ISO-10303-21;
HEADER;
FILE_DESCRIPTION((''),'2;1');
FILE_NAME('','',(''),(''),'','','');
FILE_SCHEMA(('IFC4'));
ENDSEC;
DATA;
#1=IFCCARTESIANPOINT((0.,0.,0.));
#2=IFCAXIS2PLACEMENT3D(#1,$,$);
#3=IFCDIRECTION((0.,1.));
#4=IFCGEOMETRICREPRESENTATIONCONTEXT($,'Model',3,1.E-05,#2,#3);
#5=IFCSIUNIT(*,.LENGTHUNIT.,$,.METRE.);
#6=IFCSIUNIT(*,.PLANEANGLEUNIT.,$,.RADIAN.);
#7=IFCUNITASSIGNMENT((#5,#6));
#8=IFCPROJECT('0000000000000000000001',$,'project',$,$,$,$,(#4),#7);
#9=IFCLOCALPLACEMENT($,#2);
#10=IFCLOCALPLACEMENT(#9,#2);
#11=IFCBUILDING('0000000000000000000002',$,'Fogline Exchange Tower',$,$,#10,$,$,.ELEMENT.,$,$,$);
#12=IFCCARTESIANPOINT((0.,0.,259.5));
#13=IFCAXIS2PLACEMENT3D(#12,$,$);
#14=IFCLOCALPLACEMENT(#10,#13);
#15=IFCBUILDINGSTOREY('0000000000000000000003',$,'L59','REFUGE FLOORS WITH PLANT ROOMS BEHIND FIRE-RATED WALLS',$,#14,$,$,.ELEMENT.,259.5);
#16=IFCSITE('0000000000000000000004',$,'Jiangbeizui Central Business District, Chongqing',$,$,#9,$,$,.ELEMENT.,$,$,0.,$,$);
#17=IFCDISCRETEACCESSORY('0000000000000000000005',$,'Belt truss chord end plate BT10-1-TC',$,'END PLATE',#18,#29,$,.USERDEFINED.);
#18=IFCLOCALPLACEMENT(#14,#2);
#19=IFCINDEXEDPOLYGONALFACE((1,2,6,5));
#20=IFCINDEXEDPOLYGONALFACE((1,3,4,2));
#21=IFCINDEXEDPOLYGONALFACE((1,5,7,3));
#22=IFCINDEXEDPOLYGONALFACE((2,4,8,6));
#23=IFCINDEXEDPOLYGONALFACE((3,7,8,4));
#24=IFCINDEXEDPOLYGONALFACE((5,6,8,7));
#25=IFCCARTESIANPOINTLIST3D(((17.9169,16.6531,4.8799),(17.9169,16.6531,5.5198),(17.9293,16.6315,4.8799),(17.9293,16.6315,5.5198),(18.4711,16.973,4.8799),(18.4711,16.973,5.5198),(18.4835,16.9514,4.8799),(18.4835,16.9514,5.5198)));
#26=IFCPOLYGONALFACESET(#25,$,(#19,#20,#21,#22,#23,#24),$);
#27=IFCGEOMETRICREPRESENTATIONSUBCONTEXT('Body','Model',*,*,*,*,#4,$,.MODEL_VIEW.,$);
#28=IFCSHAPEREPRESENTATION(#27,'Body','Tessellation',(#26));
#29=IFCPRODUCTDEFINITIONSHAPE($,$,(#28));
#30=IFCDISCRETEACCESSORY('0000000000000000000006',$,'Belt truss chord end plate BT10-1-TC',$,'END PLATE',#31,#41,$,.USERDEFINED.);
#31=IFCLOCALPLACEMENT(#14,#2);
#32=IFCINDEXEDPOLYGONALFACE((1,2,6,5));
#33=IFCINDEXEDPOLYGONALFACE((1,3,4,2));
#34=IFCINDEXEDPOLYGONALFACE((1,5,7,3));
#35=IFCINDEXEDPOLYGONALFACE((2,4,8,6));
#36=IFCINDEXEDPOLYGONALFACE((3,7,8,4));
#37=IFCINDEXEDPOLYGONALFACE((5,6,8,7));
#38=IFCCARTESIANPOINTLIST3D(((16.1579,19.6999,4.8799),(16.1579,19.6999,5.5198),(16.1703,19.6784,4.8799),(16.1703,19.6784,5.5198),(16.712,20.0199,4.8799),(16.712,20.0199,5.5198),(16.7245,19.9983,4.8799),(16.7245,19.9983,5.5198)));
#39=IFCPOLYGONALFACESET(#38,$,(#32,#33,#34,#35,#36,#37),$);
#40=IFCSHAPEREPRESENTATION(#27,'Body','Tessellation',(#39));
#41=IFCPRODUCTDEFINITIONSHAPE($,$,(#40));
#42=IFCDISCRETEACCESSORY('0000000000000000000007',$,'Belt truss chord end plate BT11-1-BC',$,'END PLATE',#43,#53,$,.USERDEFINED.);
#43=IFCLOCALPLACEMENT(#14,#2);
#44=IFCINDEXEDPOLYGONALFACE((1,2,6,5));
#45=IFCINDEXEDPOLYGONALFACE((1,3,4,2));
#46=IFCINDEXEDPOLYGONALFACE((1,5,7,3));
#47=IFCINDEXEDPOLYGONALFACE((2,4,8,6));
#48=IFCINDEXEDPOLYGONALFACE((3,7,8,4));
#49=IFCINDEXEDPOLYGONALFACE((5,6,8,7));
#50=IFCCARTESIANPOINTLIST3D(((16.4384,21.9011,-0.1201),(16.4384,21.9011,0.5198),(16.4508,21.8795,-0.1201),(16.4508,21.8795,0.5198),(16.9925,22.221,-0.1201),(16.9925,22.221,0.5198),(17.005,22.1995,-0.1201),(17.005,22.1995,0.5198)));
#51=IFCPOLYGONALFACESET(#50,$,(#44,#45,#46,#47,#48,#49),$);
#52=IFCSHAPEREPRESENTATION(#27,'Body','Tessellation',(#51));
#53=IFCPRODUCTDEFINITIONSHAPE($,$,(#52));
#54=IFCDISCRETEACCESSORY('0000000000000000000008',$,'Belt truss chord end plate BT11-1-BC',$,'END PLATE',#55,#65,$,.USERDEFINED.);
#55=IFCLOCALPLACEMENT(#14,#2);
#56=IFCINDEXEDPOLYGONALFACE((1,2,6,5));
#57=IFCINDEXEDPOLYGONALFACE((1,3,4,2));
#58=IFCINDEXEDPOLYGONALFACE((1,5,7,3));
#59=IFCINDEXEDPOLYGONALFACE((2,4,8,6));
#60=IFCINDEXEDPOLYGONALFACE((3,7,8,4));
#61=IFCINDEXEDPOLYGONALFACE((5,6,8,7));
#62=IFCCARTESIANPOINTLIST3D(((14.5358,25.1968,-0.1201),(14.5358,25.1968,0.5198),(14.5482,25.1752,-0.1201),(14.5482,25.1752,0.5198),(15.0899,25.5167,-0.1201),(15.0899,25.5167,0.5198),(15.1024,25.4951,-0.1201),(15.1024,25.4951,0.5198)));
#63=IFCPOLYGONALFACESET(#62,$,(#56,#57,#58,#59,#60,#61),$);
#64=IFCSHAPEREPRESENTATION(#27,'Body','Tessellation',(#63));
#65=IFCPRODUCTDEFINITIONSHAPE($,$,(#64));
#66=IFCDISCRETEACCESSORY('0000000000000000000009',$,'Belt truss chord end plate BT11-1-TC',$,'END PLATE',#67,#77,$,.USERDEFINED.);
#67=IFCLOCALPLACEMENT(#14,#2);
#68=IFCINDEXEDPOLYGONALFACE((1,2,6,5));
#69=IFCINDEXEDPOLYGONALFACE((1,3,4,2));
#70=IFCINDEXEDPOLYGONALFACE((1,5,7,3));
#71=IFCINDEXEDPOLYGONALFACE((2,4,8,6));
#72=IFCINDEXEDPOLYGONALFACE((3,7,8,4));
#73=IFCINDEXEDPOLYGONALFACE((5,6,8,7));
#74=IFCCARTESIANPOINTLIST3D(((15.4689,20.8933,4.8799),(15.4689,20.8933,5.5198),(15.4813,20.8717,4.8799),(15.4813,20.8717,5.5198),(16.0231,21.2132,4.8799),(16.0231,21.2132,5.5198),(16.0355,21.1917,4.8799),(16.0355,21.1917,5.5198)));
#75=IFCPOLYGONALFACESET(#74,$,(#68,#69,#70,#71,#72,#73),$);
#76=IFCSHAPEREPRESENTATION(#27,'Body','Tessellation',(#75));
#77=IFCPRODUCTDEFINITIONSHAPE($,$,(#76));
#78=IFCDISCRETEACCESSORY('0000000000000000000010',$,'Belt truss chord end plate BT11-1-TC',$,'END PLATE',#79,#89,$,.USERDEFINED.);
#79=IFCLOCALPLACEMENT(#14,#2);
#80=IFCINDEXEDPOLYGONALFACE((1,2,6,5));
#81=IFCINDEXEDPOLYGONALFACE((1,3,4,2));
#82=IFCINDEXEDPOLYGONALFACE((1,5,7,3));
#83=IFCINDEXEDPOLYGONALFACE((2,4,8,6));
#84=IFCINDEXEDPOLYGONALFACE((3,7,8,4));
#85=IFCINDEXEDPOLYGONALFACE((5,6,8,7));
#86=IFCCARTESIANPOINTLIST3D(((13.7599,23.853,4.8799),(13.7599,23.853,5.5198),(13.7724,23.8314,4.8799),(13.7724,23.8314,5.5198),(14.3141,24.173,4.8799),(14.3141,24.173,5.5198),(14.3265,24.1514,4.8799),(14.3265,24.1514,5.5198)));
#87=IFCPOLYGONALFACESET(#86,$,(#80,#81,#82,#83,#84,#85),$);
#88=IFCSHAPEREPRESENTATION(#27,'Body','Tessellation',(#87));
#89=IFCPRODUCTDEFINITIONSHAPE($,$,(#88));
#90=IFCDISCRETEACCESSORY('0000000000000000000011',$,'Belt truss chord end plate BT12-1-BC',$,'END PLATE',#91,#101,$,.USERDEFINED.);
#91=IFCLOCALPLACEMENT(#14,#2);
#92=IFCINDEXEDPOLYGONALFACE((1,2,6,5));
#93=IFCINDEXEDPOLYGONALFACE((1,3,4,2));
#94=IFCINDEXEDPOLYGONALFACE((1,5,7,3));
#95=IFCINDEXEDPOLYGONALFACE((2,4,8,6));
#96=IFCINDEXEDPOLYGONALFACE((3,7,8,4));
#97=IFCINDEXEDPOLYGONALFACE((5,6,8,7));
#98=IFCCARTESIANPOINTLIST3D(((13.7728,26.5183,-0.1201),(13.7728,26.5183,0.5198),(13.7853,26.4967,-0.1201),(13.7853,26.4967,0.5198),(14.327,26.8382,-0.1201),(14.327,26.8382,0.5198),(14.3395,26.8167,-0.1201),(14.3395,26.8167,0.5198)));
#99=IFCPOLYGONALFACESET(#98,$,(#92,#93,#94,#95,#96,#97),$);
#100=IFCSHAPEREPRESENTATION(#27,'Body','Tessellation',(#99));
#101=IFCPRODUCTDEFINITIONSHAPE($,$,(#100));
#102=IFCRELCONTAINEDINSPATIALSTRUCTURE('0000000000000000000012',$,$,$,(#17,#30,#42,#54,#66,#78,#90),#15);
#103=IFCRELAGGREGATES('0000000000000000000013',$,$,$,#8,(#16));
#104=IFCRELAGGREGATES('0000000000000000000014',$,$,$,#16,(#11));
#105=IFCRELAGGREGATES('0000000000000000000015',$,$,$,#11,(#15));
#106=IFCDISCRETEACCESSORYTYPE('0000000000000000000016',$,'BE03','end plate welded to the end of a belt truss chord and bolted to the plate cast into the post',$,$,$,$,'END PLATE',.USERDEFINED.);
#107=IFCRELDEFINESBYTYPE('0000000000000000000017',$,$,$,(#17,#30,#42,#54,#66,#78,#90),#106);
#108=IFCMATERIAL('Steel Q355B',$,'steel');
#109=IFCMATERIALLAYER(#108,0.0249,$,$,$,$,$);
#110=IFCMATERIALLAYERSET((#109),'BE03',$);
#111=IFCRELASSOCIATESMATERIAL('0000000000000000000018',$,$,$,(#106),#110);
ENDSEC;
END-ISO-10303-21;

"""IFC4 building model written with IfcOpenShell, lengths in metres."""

from ifc_helpers import new_model, si_unit, direction, frame, origin, origin_2d, place, context, subcontext, project, spatial, rectangle, extrude, material, layer, layer_set, type_object, element, save


model = new_model("IFC4")

# Units and contexts
model_context = context("Model", 3, precision=1e-05, world=origin(), true_north=direction((0.0, 1.0)))
body_context = subcontext(model_context, "Body", "Model", "MODEL_VIEW")
ifc_project = project(units=[si_unit("LENGTHUNIT", "METRE"), si_unit("PLANEANGLEUNIT", "RADIAN")], contexts=[model_context])

# Site, building, storey
site_placement = place(None, origin())
site = spatial("IfcSite", under=ifc_project, at=site_placement, Name="Jiangbeizui Central Business District, Chongqing", CompositionType="ELEMENT", RefElevation=0.0)
building_placement = place(site_placement, origin())
building = spatial("IfcBuilding", under=site, at=building_placement, Name="Fogline Exchange Tower", CompositionType="ELEMENT")
storey_placement = place(building_placement, frame((0.0, 0.0, 259.5)))
storey = spatial("IfcBuildingStorey", under=building, at=storey_placement, Name="L59", Description="REFUGE FLOORS WITH PLANT ROOMS BEHIND FIRE-RATED WALLS", CompositionType="ELEMENT", Elevation=259.5)

# Shared definitions
ifc_material_1 = material(Name="Steel Q355B", Category="steel")

# Discrete accessories
ifc_layer = layer(ifc_material_1, 0.0249)
ifc_layer_set = layer_set([ifc_layer], Name="BE03")
discrete_accessory_type = type_object("IfcDiscreteAccessoryType", Name="BE03", Description="end plate welded to the end of a belt truss chord and bolted to the plate cast into the post", ElementType="END PLATE", PredefinedType="USERDEFINED", material=ifc_layer_set)
for number, where, z_axis, x_axis, name in (
    (1, (18.2002, 16.8022, 4.8799), (0.0, 0.0, 1.0), (0.5, -0.866025, 0.0), "Belt truss chord end plate BT10-1-TC"),
    (2, (16.4412, 19.8491, 4.8799), (0.0, 0.0, 1.0), (-0.5, 0.866025, 0.0), "Belt truss chord end plate BT10-1-TC"),
    (3, (16.7217, 22.0503, -0.1201), (0.0, 0.0, 1.0), (0.5, -0.866025, 0.0), "Belt truss chord end plate BT11-1-BC"),
    (4, (14.8191, 25.3459, -0.1201), (0.0, 0.0, 1.0), (-0.5, 0.866025, 0.0), "Belt truss chord end plate BT11-1-BC"),
    (5, (15.7522, 21.0425, 4.8799), (0.0, 0.0, 1.0), (0.5, -0.866025, 0.0), "Belt truss chord end plate BT11-1-TC"),
    (6, (14.0432, 24.0022, 4.8799), (0.0, 0.0, 1.0), (-0.5, 0.866025, 0.0), "Belt truss chord end plate BT11-1-TC"),
    (7, (14.0562, 26.6675, -0.1201), (0.0, 0.0, 1.0), (0.5, -0.866025, 0.0), "Belt truss chord end plate BT12-1-BC"),
):
    element("IfcDiscreteAccessory", number, at=place(storey_placement, frame(where, z_axis=z_axis, x_axis=x_axis)), inside=storey, type_object=discrete_accessory_type, Name=name, ObjectType="END PLATE", PredefinedType="USERDEFINED", context=body_context, shape_type="SweptSolid", body=[
        extrude(rectangle(XDim=0.0249, YDim=0.6399, at=origin_2d()), origin(), (0.0, 0.0, 1.0), 0.6399),
    ])

save(model, "model.ifc")
